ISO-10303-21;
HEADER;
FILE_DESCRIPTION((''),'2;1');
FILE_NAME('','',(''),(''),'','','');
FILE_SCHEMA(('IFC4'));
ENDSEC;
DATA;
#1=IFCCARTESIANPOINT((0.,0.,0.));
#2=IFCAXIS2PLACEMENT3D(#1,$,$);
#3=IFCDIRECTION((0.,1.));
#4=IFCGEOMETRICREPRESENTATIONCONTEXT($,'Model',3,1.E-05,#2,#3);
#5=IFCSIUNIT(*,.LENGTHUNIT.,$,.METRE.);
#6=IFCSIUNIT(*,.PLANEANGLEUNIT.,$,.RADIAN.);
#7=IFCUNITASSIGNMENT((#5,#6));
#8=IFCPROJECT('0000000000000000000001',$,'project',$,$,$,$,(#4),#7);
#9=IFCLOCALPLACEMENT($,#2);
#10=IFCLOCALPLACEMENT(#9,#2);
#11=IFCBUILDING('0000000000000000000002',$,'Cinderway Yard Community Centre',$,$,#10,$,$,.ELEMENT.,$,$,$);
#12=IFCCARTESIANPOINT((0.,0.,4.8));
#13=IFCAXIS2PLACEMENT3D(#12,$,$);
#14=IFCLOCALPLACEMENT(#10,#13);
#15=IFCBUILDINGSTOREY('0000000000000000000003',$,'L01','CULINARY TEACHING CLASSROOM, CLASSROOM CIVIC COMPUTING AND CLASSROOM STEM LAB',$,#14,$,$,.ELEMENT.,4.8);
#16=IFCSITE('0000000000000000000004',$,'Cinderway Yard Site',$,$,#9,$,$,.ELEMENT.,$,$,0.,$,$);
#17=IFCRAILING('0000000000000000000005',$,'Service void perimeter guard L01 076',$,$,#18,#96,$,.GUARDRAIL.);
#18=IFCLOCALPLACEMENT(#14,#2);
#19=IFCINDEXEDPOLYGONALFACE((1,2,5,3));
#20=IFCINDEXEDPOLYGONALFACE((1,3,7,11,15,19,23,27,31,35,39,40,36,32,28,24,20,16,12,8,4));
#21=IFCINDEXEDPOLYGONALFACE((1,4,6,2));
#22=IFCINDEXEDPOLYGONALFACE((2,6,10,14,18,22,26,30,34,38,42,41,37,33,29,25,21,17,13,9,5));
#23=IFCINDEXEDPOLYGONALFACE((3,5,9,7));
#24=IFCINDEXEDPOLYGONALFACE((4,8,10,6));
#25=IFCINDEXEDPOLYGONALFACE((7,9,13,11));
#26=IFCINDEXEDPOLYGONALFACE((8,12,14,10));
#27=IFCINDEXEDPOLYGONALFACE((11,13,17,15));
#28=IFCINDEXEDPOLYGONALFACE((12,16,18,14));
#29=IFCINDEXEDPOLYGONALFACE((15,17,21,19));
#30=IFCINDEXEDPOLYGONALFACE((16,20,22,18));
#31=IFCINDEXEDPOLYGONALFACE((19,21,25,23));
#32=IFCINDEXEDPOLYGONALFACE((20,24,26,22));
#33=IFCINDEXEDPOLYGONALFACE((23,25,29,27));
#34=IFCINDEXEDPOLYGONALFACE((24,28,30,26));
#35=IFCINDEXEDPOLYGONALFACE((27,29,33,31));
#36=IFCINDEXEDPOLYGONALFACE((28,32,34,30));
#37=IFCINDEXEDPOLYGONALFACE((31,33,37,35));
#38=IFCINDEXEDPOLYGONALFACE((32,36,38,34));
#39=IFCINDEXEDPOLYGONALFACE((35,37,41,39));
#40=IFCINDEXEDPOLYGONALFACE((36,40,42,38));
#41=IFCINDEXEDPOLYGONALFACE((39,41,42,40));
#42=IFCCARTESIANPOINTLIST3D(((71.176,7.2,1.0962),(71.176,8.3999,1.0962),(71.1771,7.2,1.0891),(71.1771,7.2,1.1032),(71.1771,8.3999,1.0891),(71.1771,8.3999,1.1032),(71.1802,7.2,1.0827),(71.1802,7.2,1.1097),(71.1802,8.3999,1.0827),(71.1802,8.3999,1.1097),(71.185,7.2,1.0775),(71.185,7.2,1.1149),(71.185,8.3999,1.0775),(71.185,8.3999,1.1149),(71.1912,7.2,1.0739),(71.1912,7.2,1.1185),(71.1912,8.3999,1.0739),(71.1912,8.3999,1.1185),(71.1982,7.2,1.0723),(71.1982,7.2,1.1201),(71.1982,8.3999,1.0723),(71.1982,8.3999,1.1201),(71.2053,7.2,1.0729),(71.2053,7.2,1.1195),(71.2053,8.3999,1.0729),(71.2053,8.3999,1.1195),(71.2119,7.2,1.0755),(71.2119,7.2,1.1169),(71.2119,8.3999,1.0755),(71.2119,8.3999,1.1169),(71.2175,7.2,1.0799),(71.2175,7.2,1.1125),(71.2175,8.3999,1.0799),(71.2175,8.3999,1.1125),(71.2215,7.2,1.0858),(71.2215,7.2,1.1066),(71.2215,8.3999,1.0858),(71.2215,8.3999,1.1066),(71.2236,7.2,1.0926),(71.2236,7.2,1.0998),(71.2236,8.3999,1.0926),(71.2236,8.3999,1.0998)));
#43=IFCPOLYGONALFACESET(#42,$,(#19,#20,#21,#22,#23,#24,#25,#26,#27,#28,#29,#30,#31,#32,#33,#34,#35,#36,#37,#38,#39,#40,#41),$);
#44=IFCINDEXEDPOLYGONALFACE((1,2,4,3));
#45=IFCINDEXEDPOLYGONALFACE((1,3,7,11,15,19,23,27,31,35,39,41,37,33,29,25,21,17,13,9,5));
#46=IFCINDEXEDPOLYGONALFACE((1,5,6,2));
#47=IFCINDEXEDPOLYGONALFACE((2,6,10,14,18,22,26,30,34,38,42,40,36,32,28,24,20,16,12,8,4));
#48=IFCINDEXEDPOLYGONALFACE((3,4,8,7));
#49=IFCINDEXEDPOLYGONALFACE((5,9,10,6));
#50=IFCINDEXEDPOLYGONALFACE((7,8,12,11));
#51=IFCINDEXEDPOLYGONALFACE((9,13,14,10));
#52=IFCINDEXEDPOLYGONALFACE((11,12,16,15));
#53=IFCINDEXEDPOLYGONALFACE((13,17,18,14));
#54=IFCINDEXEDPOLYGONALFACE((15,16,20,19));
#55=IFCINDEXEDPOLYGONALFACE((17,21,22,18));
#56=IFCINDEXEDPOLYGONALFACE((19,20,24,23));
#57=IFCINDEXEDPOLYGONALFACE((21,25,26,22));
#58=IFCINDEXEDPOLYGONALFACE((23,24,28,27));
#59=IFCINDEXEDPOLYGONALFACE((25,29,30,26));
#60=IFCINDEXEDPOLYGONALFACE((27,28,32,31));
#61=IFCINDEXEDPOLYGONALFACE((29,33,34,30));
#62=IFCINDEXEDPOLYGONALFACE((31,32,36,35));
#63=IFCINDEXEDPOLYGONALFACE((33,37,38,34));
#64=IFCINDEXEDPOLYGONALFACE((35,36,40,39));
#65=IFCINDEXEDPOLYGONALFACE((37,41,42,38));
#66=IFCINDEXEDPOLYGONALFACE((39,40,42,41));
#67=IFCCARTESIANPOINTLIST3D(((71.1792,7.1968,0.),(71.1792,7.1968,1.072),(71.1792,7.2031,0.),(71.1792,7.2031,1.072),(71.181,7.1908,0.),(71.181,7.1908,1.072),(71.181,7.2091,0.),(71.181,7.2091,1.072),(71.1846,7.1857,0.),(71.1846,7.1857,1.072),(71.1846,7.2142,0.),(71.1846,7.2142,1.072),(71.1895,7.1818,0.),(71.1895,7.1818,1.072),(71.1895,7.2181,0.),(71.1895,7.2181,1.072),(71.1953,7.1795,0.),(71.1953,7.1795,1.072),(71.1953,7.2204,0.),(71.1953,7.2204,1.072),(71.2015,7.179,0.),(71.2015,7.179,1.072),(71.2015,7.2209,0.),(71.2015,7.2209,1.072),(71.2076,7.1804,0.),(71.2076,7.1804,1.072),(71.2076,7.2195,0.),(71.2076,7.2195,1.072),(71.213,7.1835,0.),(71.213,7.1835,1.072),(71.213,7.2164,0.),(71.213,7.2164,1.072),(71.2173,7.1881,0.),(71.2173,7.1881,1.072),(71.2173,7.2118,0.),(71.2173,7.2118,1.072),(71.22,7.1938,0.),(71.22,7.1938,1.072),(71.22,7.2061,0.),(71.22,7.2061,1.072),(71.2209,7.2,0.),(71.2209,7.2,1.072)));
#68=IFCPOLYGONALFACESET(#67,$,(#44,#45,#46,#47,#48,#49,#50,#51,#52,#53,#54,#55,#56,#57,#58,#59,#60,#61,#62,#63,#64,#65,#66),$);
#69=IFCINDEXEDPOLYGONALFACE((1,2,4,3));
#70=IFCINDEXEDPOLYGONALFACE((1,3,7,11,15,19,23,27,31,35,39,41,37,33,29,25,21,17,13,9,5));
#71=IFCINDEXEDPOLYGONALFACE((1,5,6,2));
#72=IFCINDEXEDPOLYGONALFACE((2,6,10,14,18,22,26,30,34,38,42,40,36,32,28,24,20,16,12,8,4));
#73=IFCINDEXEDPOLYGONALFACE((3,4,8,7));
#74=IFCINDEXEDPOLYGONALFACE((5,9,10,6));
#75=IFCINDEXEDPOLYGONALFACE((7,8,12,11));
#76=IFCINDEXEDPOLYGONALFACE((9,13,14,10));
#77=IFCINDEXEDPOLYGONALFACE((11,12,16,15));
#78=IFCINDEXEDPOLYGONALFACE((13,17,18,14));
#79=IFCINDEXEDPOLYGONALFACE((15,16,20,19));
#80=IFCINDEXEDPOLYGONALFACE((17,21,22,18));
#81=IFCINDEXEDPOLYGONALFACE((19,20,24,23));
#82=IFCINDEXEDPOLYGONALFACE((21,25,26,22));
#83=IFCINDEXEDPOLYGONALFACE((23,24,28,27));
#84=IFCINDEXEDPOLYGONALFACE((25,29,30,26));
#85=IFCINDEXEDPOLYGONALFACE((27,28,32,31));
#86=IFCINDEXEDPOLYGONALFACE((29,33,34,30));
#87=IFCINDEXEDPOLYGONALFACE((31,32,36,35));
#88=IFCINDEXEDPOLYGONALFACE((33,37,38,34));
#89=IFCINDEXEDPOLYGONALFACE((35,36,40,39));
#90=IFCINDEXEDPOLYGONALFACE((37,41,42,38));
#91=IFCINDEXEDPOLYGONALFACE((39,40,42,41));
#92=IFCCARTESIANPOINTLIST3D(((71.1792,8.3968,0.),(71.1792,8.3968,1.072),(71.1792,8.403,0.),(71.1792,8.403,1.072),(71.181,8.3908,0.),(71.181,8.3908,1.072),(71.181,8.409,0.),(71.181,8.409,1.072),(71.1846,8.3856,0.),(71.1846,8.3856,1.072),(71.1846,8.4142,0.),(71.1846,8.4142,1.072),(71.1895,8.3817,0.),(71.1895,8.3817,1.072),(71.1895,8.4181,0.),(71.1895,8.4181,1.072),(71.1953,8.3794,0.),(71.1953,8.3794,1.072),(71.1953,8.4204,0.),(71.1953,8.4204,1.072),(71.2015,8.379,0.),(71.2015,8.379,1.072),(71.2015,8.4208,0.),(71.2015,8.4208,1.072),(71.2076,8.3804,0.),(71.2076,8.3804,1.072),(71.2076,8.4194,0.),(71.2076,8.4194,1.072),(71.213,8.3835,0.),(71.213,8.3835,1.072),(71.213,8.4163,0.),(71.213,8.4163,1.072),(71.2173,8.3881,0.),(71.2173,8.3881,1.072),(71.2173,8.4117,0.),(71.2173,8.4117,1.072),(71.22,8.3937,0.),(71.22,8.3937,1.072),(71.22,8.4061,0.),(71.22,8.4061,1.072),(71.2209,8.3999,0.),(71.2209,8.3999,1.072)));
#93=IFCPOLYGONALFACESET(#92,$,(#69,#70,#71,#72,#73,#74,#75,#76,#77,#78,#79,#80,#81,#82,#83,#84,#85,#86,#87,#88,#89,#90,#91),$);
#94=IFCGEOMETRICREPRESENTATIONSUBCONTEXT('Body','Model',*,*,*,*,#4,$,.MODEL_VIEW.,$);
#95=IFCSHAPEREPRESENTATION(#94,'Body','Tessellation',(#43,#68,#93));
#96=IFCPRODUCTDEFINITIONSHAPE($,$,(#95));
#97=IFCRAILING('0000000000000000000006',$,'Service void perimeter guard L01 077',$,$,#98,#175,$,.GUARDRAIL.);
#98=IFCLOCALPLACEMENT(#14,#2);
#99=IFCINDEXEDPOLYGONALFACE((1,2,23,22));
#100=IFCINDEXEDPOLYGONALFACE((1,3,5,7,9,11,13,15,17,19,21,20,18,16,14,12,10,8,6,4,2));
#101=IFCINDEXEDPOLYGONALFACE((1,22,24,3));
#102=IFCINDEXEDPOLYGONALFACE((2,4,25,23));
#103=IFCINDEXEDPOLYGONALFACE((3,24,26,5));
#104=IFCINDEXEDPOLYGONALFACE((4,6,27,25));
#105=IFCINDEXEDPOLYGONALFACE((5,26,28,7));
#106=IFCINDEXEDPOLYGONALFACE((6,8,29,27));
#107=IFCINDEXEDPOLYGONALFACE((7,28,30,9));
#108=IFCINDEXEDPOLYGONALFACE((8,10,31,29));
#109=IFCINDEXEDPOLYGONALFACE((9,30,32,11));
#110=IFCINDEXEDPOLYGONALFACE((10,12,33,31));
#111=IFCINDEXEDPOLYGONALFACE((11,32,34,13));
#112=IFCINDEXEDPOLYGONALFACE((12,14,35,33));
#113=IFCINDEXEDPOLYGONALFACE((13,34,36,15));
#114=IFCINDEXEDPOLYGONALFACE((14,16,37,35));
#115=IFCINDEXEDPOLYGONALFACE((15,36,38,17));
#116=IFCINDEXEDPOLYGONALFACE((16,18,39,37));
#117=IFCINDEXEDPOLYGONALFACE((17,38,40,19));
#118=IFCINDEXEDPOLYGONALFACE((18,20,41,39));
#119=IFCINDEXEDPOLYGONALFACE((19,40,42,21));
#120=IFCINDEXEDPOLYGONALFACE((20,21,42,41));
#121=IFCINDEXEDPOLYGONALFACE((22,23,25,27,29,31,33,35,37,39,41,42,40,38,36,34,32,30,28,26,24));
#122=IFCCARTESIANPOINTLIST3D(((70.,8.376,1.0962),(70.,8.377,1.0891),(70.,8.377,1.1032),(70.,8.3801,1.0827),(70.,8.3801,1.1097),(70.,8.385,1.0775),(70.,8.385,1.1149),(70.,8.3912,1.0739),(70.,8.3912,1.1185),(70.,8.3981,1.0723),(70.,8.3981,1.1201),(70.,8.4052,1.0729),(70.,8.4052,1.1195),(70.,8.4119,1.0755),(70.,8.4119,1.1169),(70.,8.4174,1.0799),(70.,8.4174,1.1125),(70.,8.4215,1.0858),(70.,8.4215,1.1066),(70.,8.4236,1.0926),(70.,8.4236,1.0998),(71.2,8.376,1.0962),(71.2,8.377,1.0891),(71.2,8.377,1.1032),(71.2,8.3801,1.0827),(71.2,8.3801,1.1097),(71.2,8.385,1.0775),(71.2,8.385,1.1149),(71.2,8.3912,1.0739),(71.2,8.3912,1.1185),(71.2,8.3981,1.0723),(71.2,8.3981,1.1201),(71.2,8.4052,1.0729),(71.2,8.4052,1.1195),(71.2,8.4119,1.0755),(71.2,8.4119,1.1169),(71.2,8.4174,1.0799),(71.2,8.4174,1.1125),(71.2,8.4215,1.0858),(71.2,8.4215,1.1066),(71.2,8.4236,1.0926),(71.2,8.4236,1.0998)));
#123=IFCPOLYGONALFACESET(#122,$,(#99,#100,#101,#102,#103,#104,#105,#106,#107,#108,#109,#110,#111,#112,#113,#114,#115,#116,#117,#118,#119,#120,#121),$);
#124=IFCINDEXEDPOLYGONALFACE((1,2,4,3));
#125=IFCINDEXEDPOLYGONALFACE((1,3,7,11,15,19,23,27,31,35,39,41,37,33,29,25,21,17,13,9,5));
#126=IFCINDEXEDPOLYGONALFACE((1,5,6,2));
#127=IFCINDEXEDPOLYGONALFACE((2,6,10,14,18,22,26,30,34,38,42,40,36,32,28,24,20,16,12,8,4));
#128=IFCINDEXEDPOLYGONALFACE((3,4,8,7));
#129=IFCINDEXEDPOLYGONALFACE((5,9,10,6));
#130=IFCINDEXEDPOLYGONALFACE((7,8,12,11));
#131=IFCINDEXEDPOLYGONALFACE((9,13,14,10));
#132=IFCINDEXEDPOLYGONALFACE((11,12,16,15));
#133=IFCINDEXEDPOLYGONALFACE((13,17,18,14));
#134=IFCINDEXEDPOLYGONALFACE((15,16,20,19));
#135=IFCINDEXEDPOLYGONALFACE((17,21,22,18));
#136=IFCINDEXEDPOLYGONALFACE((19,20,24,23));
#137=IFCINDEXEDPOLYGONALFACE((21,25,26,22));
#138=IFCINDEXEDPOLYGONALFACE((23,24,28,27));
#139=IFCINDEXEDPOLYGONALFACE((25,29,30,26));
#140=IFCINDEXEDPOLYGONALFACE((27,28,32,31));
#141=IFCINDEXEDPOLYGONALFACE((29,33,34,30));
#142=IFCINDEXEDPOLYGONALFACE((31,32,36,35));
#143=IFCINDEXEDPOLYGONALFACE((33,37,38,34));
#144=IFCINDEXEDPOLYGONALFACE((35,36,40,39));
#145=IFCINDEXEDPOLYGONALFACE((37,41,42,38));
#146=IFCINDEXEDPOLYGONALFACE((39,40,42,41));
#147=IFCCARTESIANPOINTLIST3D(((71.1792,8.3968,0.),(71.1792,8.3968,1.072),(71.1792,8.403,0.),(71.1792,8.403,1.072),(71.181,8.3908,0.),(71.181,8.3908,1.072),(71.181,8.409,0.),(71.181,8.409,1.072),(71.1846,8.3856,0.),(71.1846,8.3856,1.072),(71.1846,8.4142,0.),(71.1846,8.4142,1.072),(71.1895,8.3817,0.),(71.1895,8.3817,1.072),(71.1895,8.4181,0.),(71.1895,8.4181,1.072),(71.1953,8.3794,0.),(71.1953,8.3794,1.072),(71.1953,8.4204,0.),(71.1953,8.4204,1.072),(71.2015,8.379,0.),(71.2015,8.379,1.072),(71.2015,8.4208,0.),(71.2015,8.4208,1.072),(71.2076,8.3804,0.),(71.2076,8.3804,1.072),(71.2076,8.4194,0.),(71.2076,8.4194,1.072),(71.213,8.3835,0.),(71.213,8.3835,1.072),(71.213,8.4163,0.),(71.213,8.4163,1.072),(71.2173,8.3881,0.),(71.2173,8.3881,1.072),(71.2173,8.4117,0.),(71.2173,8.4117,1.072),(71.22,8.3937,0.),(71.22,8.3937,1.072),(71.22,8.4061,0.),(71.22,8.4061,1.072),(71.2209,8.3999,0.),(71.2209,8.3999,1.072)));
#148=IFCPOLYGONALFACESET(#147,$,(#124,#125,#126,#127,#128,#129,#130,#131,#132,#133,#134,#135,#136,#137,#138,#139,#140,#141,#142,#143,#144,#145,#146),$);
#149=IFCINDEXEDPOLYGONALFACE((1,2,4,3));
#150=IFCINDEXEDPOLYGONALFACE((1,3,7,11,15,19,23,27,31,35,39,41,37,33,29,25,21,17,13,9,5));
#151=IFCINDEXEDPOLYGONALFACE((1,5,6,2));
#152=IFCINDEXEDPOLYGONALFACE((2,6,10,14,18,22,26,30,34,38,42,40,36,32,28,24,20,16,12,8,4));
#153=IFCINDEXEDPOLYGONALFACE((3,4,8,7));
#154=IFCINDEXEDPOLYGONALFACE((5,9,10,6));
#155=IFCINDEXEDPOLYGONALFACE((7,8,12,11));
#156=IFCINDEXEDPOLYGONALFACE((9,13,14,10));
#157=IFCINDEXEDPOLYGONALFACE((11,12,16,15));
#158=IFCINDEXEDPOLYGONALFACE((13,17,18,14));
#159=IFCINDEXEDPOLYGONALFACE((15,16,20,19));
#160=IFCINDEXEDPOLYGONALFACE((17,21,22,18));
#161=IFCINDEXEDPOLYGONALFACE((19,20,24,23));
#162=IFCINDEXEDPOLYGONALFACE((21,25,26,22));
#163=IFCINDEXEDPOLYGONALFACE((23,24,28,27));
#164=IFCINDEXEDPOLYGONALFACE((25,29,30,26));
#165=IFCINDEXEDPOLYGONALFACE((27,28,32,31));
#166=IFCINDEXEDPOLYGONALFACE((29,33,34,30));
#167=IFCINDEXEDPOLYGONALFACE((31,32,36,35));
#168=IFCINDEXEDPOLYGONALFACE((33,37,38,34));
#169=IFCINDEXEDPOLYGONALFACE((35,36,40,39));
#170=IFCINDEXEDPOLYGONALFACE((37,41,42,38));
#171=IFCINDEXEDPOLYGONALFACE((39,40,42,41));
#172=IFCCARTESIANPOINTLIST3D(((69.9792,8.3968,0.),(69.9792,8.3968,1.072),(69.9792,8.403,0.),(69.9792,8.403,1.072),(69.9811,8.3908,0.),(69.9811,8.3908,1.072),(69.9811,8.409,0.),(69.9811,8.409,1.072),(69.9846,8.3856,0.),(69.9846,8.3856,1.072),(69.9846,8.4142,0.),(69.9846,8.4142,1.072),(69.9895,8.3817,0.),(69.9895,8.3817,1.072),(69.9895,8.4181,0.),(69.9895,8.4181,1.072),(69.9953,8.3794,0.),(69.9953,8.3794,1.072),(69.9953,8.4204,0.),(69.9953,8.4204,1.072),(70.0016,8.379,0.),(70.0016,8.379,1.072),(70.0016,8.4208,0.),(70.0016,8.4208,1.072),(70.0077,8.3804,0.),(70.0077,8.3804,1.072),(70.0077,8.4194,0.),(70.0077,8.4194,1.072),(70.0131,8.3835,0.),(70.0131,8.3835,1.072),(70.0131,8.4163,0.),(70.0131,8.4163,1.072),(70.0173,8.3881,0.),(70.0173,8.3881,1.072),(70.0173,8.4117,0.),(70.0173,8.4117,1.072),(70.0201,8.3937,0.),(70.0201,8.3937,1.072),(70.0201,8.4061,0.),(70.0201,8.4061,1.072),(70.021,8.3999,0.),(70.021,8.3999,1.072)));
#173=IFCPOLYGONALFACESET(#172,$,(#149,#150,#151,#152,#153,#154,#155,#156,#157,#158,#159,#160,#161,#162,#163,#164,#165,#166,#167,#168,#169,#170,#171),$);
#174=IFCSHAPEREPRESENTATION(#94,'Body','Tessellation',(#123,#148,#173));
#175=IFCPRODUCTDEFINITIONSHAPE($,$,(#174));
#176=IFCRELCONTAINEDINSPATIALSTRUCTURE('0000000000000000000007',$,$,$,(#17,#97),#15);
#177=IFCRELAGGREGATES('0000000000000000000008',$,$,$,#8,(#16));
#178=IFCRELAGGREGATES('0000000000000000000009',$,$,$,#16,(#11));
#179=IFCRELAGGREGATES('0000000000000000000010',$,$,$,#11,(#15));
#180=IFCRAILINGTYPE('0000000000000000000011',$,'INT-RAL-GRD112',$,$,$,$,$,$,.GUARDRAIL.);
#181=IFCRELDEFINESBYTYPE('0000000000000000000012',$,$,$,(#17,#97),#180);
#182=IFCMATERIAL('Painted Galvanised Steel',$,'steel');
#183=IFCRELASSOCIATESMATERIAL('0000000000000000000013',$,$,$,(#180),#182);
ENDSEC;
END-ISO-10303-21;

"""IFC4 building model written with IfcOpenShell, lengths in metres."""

from ifc_helpers import new_model, si_unit, direction, frame, origin, origin_2d, place, context, subcontext, project, spatial, circle, extrude, material, type_object, element, save


model = new_model("IFC4")

# Units and contexts
model_context = context("Model", 3, precision=1e-05, world=origin(), true_north=direction((0.0, 1.0)))
body_context = subcontext(model_context, "Body", "Model", "MODEL_VIEW")
ifc_project = project(units=[si_unit("LENGTHUNIT", "METRE"), si_unit("PLANEANGLEUNIT", "RADIAN")], contexts=[model_context])

# Site, building, storey
site_placement = place(None, origin())
site = spatial("IfcSite", under=ifc_project, at=site_placement, Name="Cinderway Yard Site", CompositionType="ELEMENT", RefElevation=0.0)
building_placement = place(site_placement, origin())
building = spatial("IfcBuilding", under=site, at=building_placement, Name="Cinderway Yard Community Centre", CompositionType="ELEMENT")
storey_placement = place(building_placement, frame((0.0, 0.0, 4.8)))
storey = spatial("IfcBuildingStorey", under=building, at=storey_placement, Name="L01", Description="CULINARY TEACHING CLASSROOM, CLASSROOM CIVIC COMPUTING AND CLASSROOM STEM LAB", CompositionType="ELEMENT", Elevation=4.8)

# Shared definitions
ifc_material_1 = material(Name="Painted Galvanised Steel", Category="steel")

# Railings
railing_type = type_object("IfcRailingType", Name="INT-RAL-GRD112", PredefinedType="GUARDRAIL", material=ifc_material_1)
railing_1_placement = place(storey_placement, frame((71.2, 7.2, 0.0)))
element("IfcRailing", 1, at=railing_1_placement, inside=storey, type_object=railing_type, Name="Service void perimeter guard L01 076", PredefinedType="GUARDRAIL", context=body_context, shape_type="SweptSolid", body=[
    extrude(circle(Radius=0.0239, at=origin_2d()), frame((0.0, 0.0, 1.0962), z_axis=(0.0, 1.0, 0.0), x_axis=(-1.0, 0.0, 0.0)), (0.0, 0.0, 1.0), 1.2),
    extrude(circle(Radius=0.021, at=origin_2d()), origin(), (0.0, 0.0, 1.0), 1.072),
    extrude(circle(Radius=0.021, at=origin_2d()), frame((0.0, 1.2, 0.0)), (0.0, 0.0, 1.0), 1.072),
])
railing_2_placement = place(storey_placement, frame((71.2, 8.3999, 0.0)))
element("IfcRailing", 2, at=railing_2_placement, inside=storey, type_object=railing_type, Name="Service void perimeter guard L01 077", PredefinedType="GUARDRAIL", context=body_context, shape_type="SweptSolid", body=[
    extrude(circle(Radius=0.0239, at=origin_2d()), frame((0.0, 0.0, 1.0962), z_axis=(-1.0, 0.0, 0.0), x_axis=(0.0, -1.0, 0.0)), (0.0, 0.0, 1.0), 1.2),
    extrude(circle(Radius=0.021, at=origin_2d()), origin(), (0.0, 0.0, 1.0), 1.072),
    extrude(circle(Radius=0.021, at=origin_2d()), frame((-1.2, 0.0, 0.0)), (0.0, 0.0, 1.0), 1.072),
])

save(model, "model.ifc")
